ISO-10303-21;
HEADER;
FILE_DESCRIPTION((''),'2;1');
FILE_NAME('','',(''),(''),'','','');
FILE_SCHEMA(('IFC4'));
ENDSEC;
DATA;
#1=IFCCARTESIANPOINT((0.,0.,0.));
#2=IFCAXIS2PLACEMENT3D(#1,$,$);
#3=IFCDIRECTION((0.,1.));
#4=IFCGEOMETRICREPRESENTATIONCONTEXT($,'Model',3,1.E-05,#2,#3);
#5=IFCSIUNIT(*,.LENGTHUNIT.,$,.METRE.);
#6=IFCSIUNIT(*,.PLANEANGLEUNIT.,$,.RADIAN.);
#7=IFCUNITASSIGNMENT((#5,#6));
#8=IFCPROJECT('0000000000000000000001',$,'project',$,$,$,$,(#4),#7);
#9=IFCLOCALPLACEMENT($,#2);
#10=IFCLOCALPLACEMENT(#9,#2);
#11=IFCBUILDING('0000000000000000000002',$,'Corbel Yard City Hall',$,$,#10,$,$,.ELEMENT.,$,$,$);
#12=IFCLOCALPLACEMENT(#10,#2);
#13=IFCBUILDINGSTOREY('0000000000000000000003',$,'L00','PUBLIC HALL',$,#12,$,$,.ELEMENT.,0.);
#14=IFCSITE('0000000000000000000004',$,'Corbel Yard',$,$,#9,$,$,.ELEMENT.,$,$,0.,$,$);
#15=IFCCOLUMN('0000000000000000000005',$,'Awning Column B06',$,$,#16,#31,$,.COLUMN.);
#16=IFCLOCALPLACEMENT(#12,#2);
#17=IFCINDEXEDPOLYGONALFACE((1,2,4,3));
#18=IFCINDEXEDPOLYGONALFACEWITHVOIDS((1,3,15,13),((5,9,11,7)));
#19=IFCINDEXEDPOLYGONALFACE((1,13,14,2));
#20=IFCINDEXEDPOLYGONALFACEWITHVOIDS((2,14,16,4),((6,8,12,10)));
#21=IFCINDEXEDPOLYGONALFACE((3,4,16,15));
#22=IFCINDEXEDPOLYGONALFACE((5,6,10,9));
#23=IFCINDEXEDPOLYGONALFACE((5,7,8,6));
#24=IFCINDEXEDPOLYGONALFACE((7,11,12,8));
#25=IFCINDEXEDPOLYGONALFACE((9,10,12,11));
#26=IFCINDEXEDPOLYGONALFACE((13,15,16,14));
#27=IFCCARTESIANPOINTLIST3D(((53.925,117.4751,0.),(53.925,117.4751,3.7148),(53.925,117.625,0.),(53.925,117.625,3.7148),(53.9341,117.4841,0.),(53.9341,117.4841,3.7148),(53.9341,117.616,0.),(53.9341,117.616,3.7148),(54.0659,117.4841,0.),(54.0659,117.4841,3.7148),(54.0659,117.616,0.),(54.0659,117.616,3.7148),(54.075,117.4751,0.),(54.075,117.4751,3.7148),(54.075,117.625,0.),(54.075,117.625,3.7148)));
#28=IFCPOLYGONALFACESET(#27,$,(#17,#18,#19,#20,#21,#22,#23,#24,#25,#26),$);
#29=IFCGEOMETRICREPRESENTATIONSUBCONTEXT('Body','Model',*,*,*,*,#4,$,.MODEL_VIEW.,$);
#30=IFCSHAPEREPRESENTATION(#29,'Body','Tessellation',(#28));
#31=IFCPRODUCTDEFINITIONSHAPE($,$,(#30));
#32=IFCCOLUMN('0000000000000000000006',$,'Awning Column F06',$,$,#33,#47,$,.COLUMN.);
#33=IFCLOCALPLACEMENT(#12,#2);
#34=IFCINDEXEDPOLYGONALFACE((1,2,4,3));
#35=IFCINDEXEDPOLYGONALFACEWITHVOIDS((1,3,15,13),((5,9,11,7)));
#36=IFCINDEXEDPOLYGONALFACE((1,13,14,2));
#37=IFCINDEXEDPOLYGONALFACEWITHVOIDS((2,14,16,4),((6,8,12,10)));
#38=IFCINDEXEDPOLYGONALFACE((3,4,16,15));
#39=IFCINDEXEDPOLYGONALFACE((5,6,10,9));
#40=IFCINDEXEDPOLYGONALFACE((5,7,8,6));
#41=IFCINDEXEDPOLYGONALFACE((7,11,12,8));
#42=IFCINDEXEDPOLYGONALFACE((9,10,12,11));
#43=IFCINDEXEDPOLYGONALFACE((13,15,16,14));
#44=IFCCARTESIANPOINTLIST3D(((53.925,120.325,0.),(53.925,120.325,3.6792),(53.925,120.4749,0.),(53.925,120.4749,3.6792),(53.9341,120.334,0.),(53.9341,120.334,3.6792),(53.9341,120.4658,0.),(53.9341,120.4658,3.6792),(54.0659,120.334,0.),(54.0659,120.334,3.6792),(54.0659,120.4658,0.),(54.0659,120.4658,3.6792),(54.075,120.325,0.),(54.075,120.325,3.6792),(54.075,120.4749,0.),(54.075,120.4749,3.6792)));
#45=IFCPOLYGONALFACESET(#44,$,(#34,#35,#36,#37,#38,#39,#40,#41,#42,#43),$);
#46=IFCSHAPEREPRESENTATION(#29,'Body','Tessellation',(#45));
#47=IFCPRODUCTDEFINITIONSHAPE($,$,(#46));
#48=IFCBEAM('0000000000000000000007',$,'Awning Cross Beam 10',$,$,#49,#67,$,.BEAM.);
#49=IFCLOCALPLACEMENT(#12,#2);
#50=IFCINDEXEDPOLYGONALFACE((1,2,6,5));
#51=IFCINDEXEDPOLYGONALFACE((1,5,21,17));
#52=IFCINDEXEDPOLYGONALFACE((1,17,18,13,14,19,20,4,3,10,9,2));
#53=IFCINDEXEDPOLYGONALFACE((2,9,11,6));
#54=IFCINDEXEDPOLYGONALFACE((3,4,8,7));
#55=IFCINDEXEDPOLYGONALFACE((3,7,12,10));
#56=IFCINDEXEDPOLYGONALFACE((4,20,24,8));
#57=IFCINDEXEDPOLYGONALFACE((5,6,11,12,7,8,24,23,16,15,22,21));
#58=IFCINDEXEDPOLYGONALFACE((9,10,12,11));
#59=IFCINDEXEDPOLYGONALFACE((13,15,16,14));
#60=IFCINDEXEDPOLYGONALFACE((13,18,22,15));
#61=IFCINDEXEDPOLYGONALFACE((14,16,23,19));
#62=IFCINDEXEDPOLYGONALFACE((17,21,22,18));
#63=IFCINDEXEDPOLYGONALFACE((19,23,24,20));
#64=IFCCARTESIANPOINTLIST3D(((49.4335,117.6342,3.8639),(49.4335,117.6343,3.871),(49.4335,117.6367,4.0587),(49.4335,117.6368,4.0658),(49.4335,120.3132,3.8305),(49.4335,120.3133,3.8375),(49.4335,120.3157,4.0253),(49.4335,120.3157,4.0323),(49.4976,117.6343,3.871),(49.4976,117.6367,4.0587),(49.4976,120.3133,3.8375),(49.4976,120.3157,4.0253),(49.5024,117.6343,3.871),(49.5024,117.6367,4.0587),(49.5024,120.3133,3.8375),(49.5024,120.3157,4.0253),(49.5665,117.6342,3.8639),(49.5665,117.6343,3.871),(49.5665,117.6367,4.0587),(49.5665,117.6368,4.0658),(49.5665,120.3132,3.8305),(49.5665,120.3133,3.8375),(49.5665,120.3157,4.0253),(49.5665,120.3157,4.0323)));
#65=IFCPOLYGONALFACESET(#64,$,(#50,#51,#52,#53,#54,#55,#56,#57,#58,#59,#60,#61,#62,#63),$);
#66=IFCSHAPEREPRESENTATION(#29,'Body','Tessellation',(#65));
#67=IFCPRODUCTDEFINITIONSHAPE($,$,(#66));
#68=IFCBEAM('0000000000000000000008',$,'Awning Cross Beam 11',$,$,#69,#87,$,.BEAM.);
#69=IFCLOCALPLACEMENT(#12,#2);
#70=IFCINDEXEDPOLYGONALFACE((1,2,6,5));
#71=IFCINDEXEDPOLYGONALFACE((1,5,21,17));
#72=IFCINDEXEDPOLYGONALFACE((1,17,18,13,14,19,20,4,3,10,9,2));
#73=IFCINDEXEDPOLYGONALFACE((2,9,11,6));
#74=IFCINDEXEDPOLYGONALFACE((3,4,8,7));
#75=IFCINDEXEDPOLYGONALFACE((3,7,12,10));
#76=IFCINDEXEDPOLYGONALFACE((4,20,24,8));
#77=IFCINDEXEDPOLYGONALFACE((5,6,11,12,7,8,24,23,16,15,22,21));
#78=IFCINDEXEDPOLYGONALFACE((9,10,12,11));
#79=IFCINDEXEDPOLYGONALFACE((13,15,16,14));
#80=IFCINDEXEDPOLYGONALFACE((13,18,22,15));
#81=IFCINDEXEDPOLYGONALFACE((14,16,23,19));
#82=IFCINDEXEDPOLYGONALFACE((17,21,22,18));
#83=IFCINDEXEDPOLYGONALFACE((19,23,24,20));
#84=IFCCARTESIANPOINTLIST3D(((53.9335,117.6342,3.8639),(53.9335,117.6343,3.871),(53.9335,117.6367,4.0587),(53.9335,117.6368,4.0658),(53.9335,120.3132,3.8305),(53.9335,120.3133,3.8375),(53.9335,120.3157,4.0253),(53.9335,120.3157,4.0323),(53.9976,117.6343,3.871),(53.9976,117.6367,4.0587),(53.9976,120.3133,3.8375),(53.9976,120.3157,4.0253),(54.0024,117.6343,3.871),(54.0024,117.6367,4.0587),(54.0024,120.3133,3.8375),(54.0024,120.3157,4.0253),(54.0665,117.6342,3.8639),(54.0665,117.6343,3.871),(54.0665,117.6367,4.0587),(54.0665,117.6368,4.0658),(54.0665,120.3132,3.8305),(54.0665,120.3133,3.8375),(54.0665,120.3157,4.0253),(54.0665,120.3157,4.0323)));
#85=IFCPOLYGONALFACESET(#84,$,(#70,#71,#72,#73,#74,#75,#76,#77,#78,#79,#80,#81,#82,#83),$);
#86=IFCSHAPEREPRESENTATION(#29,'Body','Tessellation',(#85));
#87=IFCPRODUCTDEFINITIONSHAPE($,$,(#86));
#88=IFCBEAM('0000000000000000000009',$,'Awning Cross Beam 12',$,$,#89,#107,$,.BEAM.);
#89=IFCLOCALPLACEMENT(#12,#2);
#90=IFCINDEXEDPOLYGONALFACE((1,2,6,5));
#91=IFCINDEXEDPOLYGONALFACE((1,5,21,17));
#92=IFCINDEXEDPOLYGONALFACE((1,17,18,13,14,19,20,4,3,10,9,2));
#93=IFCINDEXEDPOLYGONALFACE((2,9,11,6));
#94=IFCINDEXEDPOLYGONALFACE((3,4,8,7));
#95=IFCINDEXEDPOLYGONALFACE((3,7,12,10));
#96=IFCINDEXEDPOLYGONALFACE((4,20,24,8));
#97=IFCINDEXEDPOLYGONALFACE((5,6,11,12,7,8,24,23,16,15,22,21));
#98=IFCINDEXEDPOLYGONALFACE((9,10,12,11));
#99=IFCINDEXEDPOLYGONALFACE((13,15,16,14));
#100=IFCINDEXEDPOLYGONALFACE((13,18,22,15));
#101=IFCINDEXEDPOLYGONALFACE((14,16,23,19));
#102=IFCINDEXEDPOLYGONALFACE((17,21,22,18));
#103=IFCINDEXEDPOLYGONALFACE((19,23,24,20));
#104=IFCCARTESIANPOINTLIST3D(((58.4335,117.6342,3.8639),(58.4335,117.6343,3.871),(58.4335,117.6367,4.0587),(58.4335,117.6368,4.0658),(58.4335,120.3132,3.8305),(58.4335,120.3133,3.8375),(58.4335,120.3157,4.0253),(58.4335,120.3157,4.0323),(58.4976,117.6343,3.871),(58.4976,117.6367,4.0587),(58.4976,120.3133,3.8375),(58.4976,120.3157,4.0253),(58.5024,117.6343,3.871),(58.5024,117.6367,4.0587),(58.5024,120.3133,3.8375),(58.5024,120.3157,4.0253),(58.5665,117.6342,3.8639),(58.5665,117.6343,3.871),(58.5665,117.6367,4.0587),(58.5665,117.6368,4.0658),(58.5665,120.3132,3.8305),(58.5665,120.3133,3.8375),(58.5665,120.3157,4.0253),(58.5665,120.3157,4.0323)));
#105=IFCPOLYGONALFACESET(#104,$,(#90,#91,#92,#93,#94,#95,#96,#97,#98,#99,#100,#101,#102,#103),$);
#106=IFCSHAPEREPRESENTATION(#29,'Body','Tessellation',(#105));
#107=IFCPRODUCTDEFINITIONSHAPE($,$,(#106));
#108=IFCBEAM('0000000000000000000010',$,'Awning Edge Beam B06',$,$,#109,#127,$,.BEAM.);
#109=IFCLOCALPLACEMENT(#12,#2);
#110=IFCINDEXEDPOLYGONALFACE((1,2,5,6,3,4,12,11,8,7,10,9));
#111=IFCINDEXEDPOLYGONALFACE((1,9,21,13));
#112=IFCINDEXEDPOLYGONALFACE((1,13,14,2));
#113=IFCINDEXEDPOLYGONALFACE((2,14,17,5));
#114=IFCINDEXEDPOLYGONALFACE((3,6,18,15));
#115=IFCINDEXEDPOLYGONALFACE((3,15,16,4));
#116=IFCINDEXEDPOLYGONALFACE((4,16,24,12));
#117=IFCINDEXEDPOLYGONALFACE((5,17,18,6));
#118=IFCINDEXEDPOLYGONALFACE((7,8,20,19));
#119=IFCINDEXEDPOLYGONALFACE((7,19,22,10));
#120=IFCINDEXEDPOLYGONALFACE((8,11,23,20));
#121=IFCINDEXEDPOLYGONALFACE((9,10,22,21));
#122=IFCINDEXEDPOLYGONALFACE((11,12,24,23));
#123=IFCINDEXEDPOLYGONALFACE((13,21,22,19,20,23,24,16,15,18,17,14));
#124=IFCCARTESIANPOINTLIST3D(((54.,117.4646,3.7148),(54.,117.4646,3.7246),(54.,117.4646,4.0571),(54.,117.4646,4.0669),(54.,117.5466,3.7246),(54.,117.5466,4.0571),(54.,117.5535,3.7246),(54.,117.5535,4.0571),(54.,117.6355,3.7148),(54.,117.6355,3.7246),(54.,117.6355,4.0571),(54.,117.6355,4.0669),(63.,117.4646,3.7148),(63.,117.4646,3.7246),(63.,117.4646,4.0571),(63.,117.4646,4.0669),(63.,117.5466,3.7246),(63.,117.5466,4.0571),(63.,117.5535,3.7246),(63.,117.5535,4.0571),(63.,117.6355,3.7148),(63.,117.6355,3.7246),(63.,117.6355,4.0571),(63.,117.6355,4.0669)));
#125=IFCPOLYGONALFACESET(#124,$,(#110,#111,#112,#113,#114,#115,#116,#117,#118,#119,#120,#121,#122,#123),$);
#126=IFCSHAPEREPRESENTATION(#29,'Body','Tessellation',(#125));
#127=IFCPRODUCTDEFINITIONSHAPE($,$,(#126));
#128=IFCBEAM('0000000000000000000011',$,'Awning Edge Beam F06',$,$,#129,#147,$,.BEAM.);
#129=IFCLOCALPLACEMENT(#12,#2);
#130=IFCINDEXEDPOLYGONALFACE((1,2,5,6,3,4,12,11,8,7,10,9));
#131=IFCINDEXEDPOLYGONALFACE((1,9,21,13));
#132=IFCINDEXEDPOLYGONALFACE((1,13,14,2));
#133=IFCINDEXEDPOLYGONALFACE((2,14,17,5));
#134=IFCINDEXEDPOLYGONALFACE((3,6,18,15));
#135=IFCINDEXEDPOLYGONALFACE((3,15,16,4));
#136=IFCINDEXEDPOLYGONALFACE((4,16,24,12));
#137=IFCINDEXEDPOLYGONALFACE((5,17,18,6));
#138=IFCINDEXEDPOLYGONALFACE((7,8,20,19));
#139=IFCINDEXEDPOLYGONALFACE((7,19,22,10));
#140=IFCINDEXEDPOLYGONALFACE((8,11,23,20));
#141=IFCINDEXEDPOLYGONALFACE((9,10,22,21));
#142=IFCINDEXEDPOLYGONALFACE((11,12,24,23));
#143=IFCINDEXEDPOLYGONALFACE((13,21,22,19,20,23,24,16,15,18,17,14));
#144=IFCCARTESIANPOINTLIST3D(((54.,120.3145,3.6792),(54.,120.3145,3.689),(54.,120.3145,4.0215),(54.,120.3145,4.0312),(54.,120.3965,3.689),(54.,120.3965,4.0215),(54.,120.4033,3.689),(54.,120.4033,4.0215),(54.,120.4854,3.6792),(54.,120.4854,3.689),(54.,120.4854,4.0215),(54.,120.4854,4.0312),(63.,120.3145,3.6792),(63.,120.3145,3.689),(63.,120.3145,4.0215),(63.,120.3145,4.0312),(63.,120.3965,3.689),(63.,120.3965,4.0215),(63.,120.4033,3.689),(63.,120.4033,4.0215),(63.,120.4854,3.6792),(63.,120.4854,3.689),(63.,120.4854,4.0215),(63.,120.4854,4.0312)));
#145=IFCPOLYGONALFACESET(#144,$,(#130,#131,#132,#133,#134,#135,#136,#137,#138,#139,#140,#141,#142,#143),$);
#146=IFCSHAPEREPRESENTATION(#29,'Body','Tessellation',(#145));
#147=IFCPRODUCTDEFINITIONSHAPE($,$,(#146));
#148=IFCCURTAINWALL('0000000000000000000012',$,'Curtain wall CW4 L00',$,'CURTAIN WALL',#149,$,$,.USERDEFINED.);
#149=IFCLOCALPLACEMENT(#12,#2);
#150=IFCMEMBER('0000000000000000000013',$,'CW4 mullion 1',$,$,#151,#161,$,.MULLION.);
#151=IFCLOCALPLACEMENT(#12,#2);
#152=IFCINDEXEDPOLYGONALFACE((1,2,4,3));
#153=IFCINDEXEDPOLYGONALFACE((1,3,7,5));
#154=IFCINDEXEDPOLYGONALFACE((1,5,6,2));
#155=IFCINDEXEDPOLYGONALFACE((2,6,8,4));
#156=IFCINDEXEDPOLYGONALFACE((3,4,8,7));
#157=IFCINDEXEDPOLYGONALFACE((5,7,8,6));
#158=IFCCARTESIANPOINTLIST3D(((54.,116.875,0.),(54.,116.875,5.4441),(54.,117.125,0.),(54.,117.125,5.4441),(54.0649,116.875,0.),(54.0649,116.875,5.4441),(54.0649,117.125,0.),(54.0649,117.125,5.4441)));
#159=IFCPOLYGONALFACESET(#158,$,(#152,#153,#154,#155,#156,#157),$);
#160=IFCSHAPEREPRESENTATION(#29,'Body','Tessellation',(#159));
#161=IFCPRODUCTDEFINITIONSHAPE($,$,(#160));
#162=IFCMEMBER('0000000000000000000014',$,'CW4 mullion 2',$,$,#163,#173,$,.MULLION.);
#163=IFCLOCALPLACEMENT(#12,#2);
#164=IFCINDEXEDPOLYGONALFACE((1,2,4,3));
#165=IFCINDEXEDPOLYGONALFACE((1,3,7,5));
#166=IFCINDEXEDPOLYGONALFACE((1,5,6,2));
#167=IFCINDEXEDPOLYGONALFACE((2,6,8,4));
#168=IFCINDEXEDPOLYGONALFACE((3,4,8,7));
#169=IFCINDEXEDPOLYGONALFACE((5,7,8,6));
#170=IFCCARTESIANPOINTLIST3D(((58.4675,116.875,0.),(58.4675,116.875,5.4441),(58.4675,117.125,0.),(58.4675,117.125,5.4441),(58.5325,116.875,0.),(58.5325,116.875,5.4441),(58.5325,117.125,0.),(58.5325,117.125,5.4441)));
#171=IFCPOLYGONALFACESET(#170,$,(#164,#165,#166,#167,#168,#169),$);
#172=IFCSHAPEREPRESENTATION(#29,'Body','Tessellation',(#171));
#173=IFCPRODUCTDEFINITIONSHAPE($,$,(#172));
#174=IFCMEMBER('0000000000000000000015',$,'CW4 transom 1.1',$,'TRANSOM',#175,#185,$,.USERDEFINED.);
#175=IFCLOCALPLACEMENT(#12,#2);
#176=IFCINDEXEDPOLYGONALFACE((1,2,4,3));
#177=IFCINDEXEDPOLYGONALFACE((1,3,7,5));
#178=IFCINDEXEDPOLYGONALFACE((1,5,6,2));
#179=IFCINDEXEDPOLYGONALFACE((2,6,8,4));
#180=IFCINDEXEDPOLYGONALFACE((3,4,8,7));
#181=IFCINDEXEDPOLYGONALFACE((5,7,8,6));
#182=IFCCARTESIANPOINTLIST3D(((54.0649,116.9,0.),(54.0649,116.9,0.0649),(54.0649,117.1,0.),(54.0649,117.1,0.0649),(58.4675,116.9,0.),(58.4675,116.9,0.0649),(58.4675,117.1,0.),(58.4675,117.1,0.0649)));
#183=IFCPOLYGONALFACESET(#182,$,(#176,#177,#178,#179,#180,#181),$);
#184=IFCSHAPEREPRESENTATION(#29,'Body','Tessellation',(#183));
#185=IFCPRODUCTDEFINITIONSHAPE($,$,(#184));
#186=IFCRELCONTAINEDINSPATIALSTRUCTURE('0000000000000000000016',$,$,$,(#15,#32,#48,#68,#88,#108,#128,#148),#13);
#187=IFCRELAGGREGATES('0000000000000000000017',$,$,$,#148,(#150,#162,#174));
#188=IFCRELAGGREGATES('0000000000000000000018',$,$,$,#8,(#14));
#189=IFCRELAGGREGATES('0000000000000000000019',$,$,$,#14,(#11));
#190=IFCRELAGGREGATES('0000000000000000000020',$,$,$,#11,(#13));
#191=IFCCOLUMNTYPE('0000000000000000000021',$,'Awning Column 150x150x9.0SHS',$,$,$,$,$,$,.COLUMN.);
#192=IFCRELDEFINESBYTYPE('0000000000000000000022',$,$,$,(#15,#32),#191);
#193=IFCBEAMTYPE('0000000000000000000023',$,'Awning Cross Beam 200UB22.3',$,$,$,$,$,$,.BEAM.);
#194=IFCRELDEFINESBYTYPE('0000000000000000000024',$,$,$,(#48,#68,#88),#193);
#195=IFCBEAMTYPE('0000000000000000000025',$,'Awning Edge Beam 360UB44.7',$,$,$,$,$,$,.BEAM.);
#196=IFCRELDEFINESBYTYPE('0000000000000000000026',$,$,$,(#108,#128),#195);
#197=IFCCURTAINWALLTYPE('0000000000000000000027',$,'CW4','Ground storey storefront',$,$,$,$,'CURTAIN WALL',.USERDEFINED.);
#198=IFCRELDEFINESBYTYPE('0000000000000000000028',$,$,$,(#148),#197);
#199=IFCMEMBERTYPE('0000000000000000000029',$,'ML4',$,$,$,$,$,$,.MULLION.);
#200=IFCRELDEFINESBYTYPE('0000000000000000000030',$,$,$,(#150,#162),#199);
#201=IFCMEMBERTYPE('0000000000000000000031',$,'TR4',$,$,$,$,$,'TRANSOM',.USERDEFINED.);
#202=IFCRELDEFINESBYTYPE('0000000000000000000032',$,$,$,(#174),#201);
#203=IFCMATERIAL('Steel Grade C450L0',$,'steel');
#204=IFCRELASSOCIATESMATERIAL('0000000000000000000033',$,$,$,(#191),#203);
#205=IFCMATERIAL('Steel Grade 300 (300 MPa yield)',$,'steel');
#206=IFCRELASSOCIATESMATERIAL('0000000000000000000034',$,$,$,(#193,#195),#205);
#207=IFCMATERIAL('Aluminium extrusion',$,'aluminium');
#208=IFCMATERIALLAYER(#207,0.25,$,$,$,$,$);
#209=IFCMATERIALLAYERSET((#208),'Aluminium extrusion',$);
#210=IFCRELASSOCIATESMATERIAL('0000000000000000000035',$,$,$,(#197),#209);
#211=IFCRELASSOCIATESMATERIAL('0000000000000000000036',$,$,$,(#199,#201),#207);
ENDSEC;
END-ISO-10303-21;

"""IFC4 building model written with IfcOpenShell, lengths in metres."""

from ifc_helpers import new_model, si_unit, direction, frame, origin, origin_2d, place, context, subcontext, project, spatial, rectangle, hollow_rectangle, i_section, extrude, material, layer, layer_set, material_profile, profile_set, type_object, element, aggregate, save


model = new_model("IFC4")

# Units and contexts
model_context = context("Model", 3, precision=1e-05, world=origin(), true_north=direction((0.0, 1.0)))
body_context = subcontext(model_context, "Body", "Model", "MODEL_VIEW")
ifc_project = project(units=[si_unit("LENGTHUNIT", "METRE"), si_unit("PLANEANGLEUNIT", "RADIAN")], contexts=[model_context])

# Site, building, storey
site_placement = place(None, origin())
site = spatial("IfcSite", under=ifc_project, at=site_placement, Name="Corbel Yard", CompositionType="ELEMENT", RefElevation=0.0)
building_placement = place(site_placement, origin())
building = spatial("IfcBuilding", under=site, at=building_placement, Name="Corbel Yard City Hall", CompositionType="ELEMENT")
storey_placement = place(building_placement, origin())
storey = spatial("IfcBuildingStorey", under=building, at=storey_placement, Name="L00", Description="PUBLIC HALL", CompositionType="ELEMENT", Elevation=0.0)

# Columns
ifc_material_1 = material(Name="Steel Grade C450L0", Category="steel")
ifc_material_profile_1 = material_profile(ifc_material_1, hollow_rectangle(XDim=0.1499, YDim=0.1499, WallThickness=0.009, at=origin_2d()), Name="150x150x9.0SHS")
ifc_profile_set_1 = profile_set([ifc_material_profile_1], Name="Steel Grade C450L0")
column_type = type_object("IfcColumnType", Name="Awning Column 150x150x9.0SHS", PredefinedType="COLUMN", material=ifc_profile_set_1)
column_1_placement = place(storey_placement, frame((54.0, 117.55, 0.0), z_axis=(0.0, 0.0, 1.0), x_axis=(1.0, 0.0, 0.0)))
element("IfcColumn", 1, at=column_1_placement, inside=storey, type_object=column_type, Name="Awning Column B06", PredefinedType="COLUMN", context=body_context, shape_type="SweptSolid", body=[
    extrude(hollow_rectangle(XDim=0.1499, YDim=0.1499, WallThickness=0.009, at=origin_2d()), origin(), (0.0, 0.0, 1.0), 3.7148),
])
column_2_placement = place(storey_placement, frame((54.0, 120.3999, 0.0), z_axis=(0.0, 0.0, 1.0), x_axis=(1.0, 0.0, 0.0)))
element("IfcColumn", 2, at=column_2_placement, inside=storey, type_object=column_type, Name="Awning Column F06", PredefinedType="COLUMN", context=body_context, shape_type="SweptSolid", body=[
    extrude(hollow_rectangle(XDim=0.1499, YDim=0.1499, WallThickness=0.009, at=origin_2d()), origin(), (0.0, 0.0, 1.0), 3.6792),
])

# Beams
ifc_material_2 = material(Name="Steel Grade 300 (300 MPa yield)", Category="steel")
ifc_material_profile_2 = material_profile(ifc_material_2, i_section(OverallWidth=0.1331, OverallDepth=0.2019, WebThickness=0.0049, FlangeThickness=0.0071, at=origin_2d()), Name="200UB22.3")
ifc_profile_set_2 = profile_set([ifc_material_profile_2], Name="Steel Grade 300 (300 MPa yield)")
beam_type_1 = type_object("IfcBeamType", Name="Awning Cross Beam 200UB22.3", PredefinedType="BEAM", material=ifc_profile_set_2)
for number, where, z_axis, x_axis, name in (
    (3, (49.5, 117.6355, 3.9648), (0.0, 0.999922, -0.012484), (-1.0, 0.0, 0.0), "Awning Cross Beam 10"),
    (4, (54.0, 117.6355, 3.9648), (0.0, 0.999922, -0.012484), (-1.0, 0.0, 0.0), "Awning Cross Beam 11"),
    (5, (58.5, 117.6355, 3.9648), (0.0, 0.999922, -0.012484), (-1.0, 0.0, 0.0), "Awning Cross Beam 12"),
):
    element("IfcBeam", number, at=place(storey_placement, frame(where, z_axis=z_axis, x_axis=x_axis)), inside=storey, type_object=beam_type_1, Name=name, PredefinedType="BEAM", context=body_context, shape_type="SweptSolid", body=[
        extrude(i_section(OverallWidth=0.1331, OverallDepth=0.2019, WebThickness=0.0049, FlangeThickness=0.0071, at=origin_2d()), origin(), (0.0, 0.0, 1.0), 2.6792),
    ])
ifc_material_profile_3 = material_profile(ifc_material_2, i_section(OverallWidth=0.1709, OverallDepth=0.3521, WebThickness=0.0068, FlangeThickness=0.0098, at=origin_2d()), Name="360UB44.7")
ifc_profile_set_3 = profile_set([ifc_material_profile_3], Name="Steel Grade 300 (300 MPa yield)")
beam_type_2 = type_object("IfcBeamType", Name="Awning Edge Beam 360UB44.7", PredefinedType="BEAM", material=ifc_profile_set_3)
for number, where, z_axis, x_axis, name in (
    (6, (54.0, 117.55, 3.8909), (1.0, 0.0, 0.0), (0.0, 1.0, 0.0), "Awning Edge Beam B06"),
    (7, (54.0, 120.3999, 3.8552), (1.0, 0.0, 0.0), (0.0, 1.0, 0.0), "Awning Edge Beam F06"),
):
    element("IfcBeam", number, at=place(storey_placement, frame(where, z_axis=z_axis, x_axis=x_axis)), inside=storey, type_object=beam_type_2, Name=name, PredefinedType="BEAM", context=body_context, shape_type="SweptSolid", body=[
        extrude(i_section(OverallWidth=0.1709, OverallDepth=0.3521, WebThickness=0.0068, FlangeThickness=0.0098, at=origin_2d()), origin(), (0.0, 0.0, 1.0), 9.0),
    ])

# Curtain wall, members
ifc_material_3 = material(Name="Aluminium extrusion", Category="aluminium")
ifc_layer_1 = layer(ifc_material_3, 0.25)
ifc_layer_set_1 = layer_set([ifc_layer_1], Name="Aluminium extrusion")
curtain_wall_type = type_object("IfcCurtainWallType", Name="CW4", Description="Ground storey storefront", ElementType="CURTAIN WALL", PredefinedType="USERDEFINED", material=ifc_layer_set_1)
curtain_wall_placement = place(storey_placement, origin())
curtain_wall = element("IfcCurtainWall", 8, at=curtain_wall_placement, inside=storey, type_object=curtain_wall_type, Name="Curtain wall CW4 L00", ObjectType="CURTAIN WALL", PredefinedType="USERDEFINED")
ifc_material_profile_4 = material_profile(ifc_material_3, rectangle(XDim=0.25, YDim=0.0649, at=origin_2d()), Name="250x65")
ifc_profile_set_4 = profile_set([ifc_material_profile_4], Name="Aluminium extrusion")
member_type_1 = type_object("IfcMemberType", Name="ML4", PredefinedType="MULLION", material=ifc_profile_set_4)
member_1_placement = place(storey_placement, frame((54.0325, 117.0, 0.0), z_axis=(0.0, 0.0, 1.0), x_axis=(0.0, 1.0, 0.0)))
member_1 = element("IfcMember", 9, at=member_1_placement, type_object=member_type_1, Name="CW4 mullion 1", PredefinedType="MULLION", context=body_context, shape_type="SweptSolid", body=[
    extrude(rectangle(XDim=0.25, YDim=0.0649, at=origin_2d()), origin(), (0.0, 0.0, 1.0), 5.4441),
])
member_2_placement = place(storey_placement, frame((58.5, 117.0, 0.0), z_axis=(0.0, 0.0, 1.0), x_axis=(0.0, 1.0, 0.0)))
member_2 = element("IfcMember", 10, at=member_2_placement, type_object=member_type_1, Name="CW4 mullion 2", PredefinedType="MULLION", context=body_context, shape_type="SweptSolid", body=[
    extrude(rectangle(XDim=0.25, YDim=0.0649, at=origin_2d()), origin(), (0.0, 0.0, 1.0), 5.4441),
])
ifc_material_profile_5 = material_profile(ifc_material_3, rectangle(XDim=0.2, YDim=0.0649, at=origin_2d()), Name="200x65")
ifc_profile_set_5 = profile_set([ifc_material_profile_5], Name="Aluminium extrusion")
member_type_2 = type_object("IfcMemberType", Name="TR4", ElementType="TRANSOM", PredefinedType="USERDEFINED", material=ifc_profile_set_5)
member_3_placement = place(storey_placement, frame((54.0649, 117.0, 0.0325), z_axis=(1.0, 0.0, 0.0), x_axis=(0.0, 1.0, 0.0)))
member_3 = element("IfcMember", 11, at=member_3_placement, type_object=member_type_2, Name="CW4 transom 1.1", ObjectType="TRANSOM", PredefinedType="USERDEFINED", context=body_context, shape_type="SweptSolid", body=[
    extrude(rectangle(XDim=0.2, YDim=0.0649, at=origin_2d()), origin(), (0.0, 0.0, 1.0), 4.4026),
])
aggregate(curtain_wall, [member_1, member_2, member_3])

save(model, "model.ifc")
